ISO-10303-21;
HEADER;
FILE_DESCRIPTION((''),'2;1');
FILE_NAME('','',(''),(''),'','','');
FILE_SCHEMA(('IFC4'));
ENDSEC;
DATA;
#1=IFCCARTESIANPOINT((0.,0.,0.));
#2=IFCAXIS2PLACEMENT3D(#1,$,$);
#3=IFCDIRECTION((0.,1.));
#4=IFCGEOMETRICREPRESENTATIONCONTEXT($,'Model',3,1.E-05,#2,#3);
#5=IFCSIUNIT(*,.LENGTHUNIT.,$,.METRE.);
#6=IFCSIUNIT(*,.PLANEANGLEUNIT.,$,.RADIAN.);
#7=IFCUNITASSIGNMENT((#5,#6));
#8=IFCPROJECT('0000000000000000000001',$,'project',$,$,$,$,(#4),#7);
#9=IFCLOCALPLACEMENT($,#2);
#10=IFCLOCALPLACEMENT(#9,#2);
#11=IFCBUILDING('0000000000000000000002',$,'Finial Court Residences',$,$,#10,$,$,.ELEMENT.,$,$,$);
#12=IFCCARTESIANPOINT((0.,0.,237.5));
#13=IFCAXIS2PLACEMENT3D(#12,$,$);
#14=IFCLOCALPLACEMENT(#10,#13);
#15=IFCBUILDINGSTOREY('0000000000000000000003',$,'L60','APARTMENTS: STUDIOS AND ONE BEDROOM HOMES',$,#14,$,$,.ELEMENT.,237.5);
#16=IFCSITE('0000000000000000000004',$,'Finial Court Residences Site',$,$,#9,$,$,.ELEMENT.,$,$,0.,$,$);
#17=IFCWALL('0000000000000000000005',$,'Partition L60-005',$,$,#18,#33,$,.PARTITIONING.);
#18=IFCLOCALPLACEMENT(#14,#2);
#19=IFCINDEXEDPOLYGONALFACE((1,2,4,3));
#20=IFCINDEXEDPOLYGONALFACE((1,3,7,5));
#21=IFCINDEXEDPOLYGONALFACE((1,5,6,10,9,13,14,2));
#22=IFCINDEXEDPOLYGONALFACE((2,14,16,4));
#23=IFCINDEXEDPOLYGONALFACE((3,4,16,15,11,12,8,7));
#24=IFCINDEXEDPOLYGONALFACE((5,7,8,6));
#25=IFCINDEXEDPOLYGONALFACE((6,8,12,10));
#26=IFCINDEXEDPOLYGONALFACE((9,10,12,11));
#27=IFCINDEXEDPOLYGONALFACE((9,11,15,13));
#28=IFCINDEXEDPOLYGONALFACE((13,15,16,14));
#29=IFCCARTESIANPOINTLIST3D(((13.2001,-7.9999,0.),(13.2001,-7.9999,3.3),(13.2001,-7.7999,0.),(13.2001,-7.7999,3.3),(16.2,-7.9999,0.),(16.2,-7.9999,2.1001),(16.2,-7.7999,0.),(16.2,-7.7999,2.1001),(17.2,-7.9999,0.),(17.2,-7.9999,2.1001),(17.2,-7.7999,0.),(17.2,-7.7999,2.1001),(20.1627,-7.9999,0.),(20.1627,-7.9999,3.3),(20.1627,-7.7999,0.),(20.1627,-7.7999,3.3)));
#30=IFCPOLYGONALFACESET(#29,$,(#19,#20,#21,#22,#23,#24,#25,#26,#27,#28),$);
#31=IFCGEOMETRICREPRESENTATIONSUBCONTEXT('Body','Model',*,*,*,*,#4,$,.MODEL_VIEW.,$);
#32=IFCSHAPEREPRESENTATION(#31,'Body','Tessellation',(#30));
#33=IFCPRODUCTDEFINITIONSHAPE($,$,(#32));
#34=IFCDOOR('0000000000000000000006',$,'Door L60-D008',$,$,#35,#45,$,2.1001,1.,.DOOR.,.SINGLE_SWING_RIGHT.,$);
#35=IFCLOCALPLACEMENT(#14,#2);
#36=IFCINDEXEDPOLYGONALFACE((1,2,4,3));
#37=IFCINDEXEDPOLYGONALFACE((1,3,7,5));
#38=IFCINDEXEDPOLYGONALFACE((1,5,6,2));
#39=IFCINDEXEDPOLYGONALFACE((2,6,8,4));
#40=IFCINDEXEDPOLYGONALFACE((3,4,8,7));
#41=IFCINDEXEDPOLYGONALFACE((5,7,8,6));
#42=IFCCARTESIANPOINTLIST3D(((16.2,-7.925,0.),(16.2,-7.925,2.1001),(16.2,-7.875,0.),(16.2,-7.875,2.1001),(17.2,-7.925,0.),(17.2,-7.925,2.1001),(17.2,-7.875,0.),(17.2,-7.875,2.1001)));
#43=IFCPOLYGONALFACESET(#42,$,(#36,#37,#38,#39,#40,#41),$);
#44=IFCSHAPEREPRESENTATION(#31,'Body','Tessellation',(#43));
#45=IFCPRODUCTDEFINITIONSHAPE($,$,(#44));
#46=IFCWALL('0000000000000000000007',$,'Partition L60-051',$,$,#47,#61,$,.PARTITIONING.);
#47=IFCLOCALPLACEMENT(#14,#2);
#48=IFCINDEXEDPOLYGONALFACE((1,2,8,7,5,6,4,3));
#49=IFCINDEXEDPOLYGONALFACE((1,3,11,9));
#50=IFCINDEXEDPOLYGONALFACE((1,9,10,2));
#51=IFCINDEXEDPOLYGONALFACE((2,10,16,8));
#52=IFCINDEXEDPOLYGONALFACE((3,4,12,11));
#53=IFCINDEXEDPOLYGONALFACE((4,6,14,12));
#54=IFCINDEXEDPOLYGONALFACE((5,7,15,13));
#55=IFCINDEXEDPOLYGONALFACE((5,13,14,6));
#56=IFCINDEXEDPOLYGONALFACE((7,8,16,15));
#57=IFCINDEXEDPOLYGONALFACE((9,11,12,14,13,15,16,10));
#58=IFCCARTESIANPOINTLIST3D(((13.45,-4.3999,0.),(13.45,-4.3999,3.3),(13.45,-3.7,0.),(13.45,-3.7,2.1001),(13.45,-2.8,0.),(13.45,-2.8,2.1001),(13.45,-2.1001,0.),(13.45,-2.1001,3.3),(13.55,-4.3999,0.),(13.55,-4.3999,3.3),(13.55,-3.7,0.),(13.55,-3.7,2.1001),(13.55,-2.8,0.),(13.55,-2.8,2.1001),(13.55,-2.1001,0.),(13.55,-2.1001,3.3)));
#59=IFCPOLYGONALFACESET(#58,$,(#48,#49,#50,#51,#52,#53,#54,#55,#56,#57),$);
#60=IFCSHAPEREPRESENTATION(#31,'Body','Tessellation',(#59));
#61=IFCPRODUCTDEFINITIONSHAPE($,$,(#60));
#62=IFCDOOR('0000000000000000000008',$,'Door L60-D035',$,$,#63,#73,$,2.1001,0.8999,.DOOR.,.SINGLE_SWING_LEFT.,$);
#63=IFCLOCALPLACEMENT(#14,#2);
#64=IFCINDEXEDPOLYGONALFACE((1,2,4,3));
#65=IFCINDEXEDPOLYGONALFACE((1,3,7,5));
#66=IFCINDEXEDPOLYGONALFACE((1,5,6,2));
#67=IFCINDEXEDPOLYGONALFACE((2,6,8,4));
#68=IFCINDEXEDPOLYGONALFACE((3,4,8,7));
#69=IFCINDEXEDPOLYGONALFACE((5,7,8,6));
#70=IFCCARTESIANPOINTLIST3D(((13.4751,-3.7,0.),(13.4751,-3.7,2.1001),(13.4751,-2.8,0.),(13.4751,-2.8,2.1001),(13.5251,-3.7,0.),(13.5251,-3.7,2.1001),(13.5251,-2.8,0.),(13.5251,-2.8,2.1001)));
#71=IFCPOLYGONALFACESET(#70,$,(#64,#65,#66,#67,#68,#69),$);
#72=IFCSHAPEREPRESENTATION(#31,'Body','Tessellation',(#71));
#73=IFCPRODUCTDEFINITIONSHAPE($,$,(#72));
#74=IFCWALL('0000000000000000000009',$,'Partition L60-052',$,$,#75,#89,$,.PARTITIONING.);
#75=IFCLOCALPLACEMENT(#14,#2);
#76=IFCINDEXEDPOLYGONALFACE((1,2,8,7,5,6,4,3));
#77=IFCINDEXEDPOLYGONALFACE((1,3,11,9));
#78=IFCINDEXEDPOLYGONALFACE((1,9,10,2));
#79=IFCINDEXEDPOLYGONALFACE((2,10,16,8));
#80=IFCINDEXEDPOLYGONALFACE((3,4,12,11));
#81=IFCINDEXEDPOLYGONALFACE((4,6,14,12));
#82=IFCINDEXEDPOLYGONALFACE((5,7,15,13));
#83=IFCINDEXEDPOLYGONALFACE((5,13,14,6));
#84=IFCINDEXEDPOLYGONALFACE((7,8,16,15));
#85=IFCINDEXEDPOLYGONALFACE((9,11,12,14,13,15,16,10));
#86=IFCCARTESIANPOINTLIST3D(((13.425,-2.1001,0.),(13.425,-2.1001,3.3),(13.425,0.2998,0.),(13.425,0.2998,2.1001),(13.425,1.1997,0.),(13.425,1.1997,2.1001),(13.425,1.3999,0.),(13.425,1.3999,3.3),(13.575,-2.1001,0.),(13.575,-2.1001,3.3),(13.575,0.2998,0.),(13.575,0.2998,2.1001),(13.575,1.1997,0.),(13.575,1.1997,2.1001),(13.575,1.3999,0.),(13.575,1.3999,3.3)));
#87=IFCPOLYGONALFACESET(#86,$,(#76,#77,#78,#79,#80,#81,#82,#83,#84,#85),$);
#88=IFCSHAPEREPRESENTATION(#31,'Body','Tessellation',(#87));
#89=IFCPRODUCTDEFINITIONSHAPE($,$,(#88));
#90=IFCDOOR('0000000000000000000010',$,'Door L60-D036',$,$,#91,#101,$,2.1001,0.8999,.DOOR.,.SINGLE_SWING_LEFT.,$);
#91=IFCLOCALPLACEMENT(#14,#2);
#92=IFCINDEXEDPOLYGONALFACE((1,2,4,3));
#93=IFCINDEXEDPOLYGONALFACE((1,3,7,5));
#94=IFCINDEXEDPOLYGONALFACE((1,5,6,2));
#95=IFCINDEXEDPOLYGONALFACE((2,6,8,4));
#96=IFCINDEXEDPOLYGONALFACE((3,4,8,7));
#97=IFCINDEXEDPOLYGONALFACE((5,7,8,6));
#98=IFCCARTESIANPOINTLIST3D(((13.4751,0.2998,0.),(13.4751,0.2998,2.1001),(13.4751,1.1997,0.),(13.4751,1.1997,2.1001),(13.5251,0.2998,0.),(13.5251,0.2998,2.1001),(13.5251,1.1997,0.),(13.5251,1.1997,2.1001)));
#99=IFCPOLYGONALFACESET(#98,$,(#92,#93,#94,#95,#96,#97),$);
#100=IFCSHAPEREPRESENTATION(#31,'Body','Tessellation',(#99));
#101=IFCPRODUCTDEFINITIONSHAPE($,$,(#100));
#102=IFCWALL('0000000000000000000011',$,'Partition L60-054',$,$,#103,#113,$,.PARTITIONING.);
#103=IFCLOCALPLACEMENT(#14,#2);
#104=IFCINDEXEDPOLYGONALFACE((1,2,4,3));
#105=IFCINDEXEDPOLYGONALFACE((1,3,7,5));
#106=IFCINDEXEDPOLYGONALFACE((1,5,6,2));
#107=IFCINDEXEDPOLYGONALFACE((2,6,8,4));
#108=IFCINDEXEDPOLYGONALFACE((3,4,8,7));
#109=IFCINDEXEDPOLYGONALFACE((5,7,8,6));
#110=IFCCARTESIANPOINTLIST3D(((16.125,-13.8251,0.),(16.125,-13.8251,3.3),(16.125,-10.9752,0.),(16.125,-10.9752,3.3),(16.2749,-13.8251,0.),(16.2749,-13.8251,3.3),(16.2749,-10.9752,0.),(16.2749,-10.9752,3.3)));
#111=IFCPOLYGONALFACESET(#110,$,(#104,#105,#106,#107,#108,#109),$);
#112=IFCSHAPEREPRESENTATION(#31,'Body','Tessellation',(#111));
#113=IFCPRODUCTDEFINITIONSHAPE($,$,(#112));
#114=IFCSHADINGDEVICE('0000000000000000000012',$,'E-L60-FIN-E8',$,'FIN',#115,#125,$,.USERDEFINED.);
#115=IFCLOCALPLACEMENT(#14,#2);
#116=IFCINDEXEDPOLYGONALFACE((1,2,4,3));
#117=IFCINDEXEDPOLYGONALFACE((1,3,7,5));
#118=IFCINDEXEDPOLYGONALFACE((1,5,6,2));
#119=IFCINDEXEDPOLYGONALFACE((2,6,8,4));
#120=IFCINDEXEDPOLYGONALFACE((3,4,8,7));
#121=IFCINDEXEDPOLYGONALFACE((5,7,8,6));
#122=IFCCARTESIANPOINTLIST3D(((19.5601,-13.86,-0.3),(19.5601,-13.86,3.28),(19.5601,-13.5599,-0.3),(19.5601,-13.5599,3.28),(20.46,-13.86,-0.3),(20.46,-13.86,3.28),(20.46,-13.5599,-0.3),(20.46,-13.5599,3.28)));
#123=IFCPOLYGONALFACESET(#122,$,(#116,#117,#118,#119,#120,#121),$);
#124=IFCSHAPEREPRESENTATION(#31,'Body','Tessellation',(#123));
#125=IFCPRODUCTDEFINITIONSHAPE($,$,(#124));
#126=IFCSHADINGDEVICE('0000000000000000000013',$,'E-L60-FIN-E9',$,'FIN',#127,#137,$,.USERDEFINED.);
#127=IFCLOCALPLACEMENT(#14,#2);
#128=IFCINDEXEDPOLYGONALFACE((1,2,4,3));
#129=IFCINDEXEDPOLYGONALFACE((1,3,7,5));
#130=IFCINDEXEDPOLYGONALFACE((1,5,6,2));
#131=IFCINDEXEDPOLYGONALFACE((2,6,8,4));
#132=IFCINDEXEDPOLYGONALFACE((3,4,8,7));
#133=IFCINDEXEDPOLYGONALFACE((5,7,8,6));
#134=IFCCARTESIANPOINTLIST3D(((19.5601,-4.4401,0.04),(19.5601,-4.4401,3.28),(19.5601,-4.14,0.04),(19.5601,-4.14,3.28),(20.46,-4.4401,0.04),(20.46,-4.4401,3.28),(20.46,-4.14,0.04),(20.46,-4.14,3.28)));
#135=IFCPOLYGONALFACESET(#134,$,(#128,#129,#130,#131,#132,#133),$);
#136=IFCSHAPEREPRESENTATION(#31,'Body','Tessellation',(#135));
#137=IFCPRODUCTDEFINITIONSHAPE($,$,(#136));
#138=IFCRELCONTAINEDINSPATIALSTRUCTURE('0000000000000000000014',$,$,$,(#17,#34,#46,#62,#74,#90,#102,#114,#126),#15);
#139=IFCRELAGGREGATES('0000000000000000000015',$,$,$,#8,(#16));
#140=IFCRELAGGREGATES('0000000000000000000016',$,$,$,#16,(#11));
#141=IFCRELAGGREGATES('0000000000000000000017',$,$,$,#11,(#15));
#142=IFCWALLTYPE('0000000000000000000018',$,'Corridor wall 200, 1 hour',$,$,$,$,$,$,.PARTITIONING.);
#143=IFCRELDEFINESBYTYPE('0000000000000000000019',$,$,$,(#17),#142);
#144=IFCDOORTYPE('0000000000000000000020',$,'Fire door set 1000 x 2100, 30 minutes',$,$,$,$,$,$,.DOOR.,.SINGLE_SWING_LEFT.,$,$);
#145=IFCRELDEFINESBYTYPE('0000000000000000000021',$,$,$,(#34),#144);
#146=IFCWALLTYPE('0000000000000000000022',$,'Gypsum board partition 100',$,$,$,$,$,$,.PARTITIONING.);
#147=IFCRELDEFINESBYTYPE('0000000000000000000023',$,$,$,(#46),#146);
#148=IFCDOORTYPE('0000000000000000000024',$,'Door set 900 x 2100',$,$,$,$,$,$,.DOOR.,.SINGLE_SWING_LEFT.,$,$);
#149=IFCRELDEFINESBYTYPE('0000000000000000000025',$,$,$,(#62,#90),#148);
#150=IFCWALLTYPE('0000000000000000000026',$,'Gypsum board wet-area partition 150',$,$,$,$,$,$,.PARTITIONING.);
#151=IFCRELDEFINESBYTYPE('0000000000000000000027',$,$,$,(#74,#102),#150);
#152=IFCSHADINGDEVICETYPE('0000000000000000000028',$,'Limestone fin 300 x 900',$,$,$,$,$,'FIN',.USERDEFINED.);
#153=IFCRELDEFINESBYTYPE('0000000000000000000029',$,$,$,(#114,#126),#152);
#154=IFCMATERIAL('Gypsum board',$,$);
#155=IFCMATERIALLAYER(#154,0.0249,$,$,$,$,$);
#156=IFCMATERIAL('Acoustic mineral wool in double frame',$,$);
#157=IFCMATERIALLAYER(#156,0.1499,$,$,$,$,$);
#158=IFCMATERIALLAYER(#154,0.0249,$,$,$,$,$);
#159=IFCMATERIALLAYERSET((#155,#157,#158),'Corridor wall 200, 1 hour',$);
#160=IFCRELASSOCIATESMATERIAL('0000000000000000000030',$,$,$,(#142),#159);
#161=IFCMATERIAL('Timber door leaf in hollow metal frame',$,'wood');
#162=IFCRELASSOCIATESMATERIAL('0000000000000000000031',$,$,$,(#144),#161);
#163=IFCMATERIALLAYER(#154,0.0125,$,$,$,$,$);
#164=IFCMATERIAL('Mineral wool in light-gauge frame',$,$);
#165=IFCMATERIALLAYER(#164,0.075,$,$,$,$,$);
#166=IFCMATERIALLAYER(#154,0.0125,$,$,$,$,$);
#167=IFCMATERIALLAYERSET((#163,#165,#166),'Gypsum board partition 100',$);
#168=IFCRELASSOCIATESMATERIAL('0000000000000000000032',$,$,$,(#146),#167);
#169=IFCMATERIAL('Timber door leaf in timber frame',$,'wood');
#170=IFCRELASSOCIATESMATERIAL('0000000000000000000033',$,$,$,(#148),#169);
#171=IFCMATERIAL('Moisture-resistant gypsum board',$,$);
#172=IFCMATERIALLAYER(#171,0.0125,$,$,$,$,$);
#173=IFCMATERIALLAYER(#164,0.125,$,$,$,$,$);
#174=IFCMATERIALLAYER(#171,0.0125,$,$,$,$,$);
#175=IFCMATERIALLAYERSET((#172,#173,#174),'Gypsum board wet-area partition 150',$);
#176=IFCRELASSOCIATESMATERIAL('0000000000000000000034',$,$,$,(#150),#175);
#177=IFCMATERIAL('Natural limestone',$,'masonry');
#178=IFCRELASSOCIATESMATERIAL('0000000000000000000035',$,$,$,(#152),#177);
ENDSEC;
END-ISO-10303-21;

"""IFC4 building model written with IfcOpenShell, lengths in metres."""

from ifc_helpers import new_model, si_unit, direction, frame, frame_2d, origin, origin_2d, place, context, subcontext, project, spatial, rectangle, extrude, material, layer, layer_set, type_object, element, fill, save


model = new_model("IFC4")

# Units and contexts
model_context = context("Model", 3, precision=1e-05, world=origin(), true_north=direction((0.0, 1.0)))
body_context = subcontext(model_context, "Body", "Model", "MODEL_VIEW")
ifc_project = project(units=[si_unit("LENGTHUNIT", "METRE"), si_unit("PLANEANGLEUNIT", "RADIAN")], contexts=[model_context])

# Site, building, storey
site_placement = place(None, origin())
site = spatial("IfcSite", under=ifc_project, at=site_placement, Name="Finial Court Residences Site", CompositionType="ELEMENT", RefElevation=0.0)
building_placement = place(site_placement, origin())
building = spatial("IfcBuilding", under=site, at=building_placement, Name="Finial Court Residences", CompositionType="ELEMENT")
storey_placement = place(building_placement, frame((0.0, 0.0, 237.5)))
storey = spatial("IfcBuildingStorey", under=building, at=storey_placement, Name="L60", Description="APARTMENTS: STUDIOS AND ONE BEDROOM HOMES", CompositionType="ELEMENT", Elevation=237.5)

# Walls, openings, doors
ifc_material_1 = material(Name="Gypsum board")
ifc_layer_1 = layer(ifc_material_1, 0.0249)
ifc_material_2 = material(Name="Acoustic mineral wool in double frame")
ifc_layer_2 = layer(ifc_material_2, 0.1499)
ifc_layer_3 = layer(ifc_material_1, 0.0249)
ifc_layer_set_1 = layer_set([ifc_layer_1, ifc_layer_2, ifc_layer_3], Name="Corridor wall 200, 1 hour")
wall_type_1 = type_object("IfcWallType", Name="Corridor wall 200, 1 hour", PredefinedType="PARTITIONING", material=ifc_layer_set_1)
wall_1_placement = place(storey_placement, frame((13.2, -7.8999, 0.0), z_axis=(0.0, 0.0, 1.0), x_axis=(1.0, 0.0, 0.0)))
wall_1 = element("IfcWall", 1, at=wall_1_placement, inside=storey, type_object=wall_type_1, Name="Partition L60-005", PredefinedType="PARTITIONING", context=body_context, shape_type="SweptSolid", body=[
    extrude(rectangle(XDim=6.9626, YDim=0.2, at=frame_2d((3.4814, 0.0))), origin(), (0.0, 0.0, 1.0), 3.3),
])
opening_1_placement = place(wall_1_placement, frame((3.0, 0.0, 0.0)))
opening_1 = element("IfcOpeningElement", 2, at=opening_1_placement, cuts=wall_1, PredefinedType="OPENING", context=body_context, shape_type="SweptSolid", body=[
    extrude(rectangle(XDim=1.0, YDim=2.1001, at=frame_2d((0.5, 1.05))), frame((0.0, 0.1099, 0.0), z_axis=(0.0, -1.0, 0.0), x_axis=(1.0, 0.0, 0.0)), (0.0, 0.0, 1.0), 0.22),
])
ifc_material_3 = material(Name="Timber door leaf in hollow metal frame", Category="wood")
door_type_1 = type_object("IfcDoorType", Name="Fire door set 1000 x 2100, 30 minutes", OperationType="SINGLE_SWING_LEFT", PredefinedType="DOOR", material=ifc_material_3)
door_1_placement = place(opening_1_placement, origin())
door_1 = element("IfcDoor", 3, at=door_1_placement, inside=storey, type_object=door_type_1, Name="Door L60-D008", OperationType="SINGLE_SWING_RIGHT", OverallHeight=2.1001, OverallWidth=1.0, PredefinedType="DOOR", context=body_context, shape_type="SweptSolid", body=[
    extrude(rectangle(XDim=1.0, YDim=2.1001, at=frame_2d((0.5, 1.05))), frame((0.0, 0.0249, 0.0), z_axis=(0.0, -1.0, 0.0), x_axis=(1.0, 0.0, 0.0)), (0.0, 0.0, 1.0), 0.05),
])
fill(opening_1, door_1)
ifc_layer_4 = layer(ifc_material_1, 0.0125)
ifc_material_4 = material(Name="Mineral wool in light-gauge frame")
ifc_layer_5 = layer(ifc_material_4, 0.075)
ifc_layer_6 = layer(ifc_material_1, 0.0125)
ifc_layer_set_2 = layer_set([ifc_layer_4, ifc_layer_5, ifc_layer_6], Name="Gypsum board partition 100")
wall_type_2 = type_object("IfcWallType", Name="Gypsum board partition 100", PredefinedType="PARTITIONING", material=ifc_layer_set_2)
wall_2_placement = place(storey_placement, frame((13.5, -4.3999, 0.0), z_axis=(0.0, 0.0, 1.0), x_axis=(0.0, 1.0, 0.0)))
wall_2 = element("IfcWall", 4, at=wall_2_placement, inside=storey, type_object=wall_type_2, Name="Partition L60-051", PredefinedType="PARTITIONING", context=body_context, shape_type="SweptSolid", body=[
    extrude(rectangle(XDim=2.2998, YDim=0.1001, at=frame_2d((1.1499, 0.0))), origin(), (0.0, 0.0, 1.0), 3.3),
])
opening_2_placement = place(wall_2_placement, frame((0.7, 0.0, 0.0)))
opening_2 = element("IfcOpeningElement", 5, at=opening_2_placement, cuts=wall_2, PredefinedType="OPENING", context=body_context, shape_type="SweptSolid", body=[
    extrude(rectangle(XDim=0.8999, YDim=2.1001, at=frame_2d((0.45, 1.05))), frame((0.0, 0.0601, 0.0), z_axis=(0.0, -1.0, 0.0), x_axis=(1.0, 0.0, 0.0)), (0.0, 0.0, 1.0), 0.1201),
])
ifc_material_5 = material(Name="Timber door leaf in timber frame", Category="wood")
door_type_2 = type_object("IfcDoorType", Name="Door set 900 x 2100", OperationType="SINGLE_SWING_LEFT", PredefinedType="DOOR", material=ifc_material_5)
door_2_placement = place(opening_2_placement, origin())
door_2 = element("IfcDoor", 6, at=door_2_placement, inside=storey, type_object=door_type_2, Name="Door L60-D035", OperationType="SINGLE_SWING_LEFT", OverallHeight=2.1001, OverallWidth=0.8999, PredefinedType="DOOR", context=body_context, shape_type="SweptSolid", body=[
    extrude(rectangle(XDim=0.8999, YDim=2.1001, at=frame_2d((0.45, 1.05))), frame((0.0, 0.0249, 0.0), z_axis=(0.0, -1.0, 0.0), x_axis=(1.0, 0.0, 0.0)), (0.0, 0.0, 1.0), 0.05),
])
fill(opening_2, door_2)
ifc_material_6 = material(Name="Moisture-resistant gypsum board")
ifc_layer_7 = layer(ifc_material_6, 0.0125)
ifc_layer_8 = layer(ifc_material_4, 0.125)
ifc_layer_9 = layer(ifc_material_6, 0.0125)
ifc_layer_set_3 = layer_set([ifc_layer_7, ifc_layer_8, ifc_layer_9], Name="Gypsum board wet-area partition 150")
wall_type_3 = type_object("IfcWallType", Name="Gypsum board wet-area partition 150", PredefinedType="PARTITIONING", material=ifc_layer_set_3)
wall_3_placement = place(storey_placement, frame((13.5, -2.1001, 0.0), z_axis=(0.0, 0.0, 1.0), x_axis=(0.0, 1.0, 0.0)))
wall_3 = element("IfcWall", 7, at=wall_3_placement, inside=storey, type_object=wall_type_3, Name="Partition L60-052", PredefinedType="PARTITIONING", context=body_context, shape_type="SweptSolid", body=[
    extrude(rectangle(XDim=3.5, YDim=0.1499, at=frame_2d((1.75, 0.0))), origin(), (0.0, 0.0, 1.0), 3.3),
])
opening_3_placement = place(wall_3_placement, frame((2.3999, 0.0, 0.0)))
opening_3 = element("IfcOpeningElement", 8, at=opening_3_placement, cuts=wall_3, PredefinedType="OPENING", context=body_context, shape_type="SweptSolid", body=[
    extrude(rectangle(XDim=0.8999, YDim=2.1001, at=frame_2d((0.45, 1.05))), frame((0.0, 0.085, 0.0), z_axis=(0.0, -1.0, 0.0), x_axis=(1.0, 0.0, 0.0)), (0.0, 0.0, 1.0), 0.1699),
])
door_3_placement = place(opening_3_placement, origin())
door_3 = element("IfcDoor", 9, at=door_3_placement, inside=storey, type_object=door_type_2, Name="Door L60-D036", OperationType="SINGLE_SWING_LEFT", OverallHeight=2.1001, OverallWidth=0.8999, PredefinedType="DOOR", context=body_context, shape_type="SweptSolid", body=[
    extrude(rectangle(XDim=0.8999, YDim=2.1001, at=frame_2d((0.45, 1.05))), frame((0.0, 0.0249, 0.0), z_axis=(0.0, -1.0, 0.0), x_axis=(1.0, 0.0, 0.0)), (0.0, 0.0, 1.0), 0.05),
])
fill(opening_3, door_3)

# Wall
wall_4_placement = place(storey_placement, frame((16.2, -13.825, 0.0), z_axis=(0.0, 0.0, 1.0), x_axis=(0.0, 1.0, 0.0)))
element("IfcWall", 10, at=wall_4_placement, inside=storey, type_object=wall_type_3, Name="Partition L60-054", PredefinedType="PARTITIONING", context=body_context, shape_type="SweptSolid", body=[
    extrude(rectangle(XDim=2.8499, YDim=0.1499, at=frame_2d((1.4248, 0.0))), origin(), (0.0, 0.0, 1.0), 3.3),
])

# Shading devices
ifc_material_7 = material(Name="Natural limestone", Category="masonry")
shading_device_type = type_object("IfcShadingDeviceType", Name="Limestone fin 300 x 900", ElementType="FIN", PredefinedType="USERDEFINED", material=ifc_material_7)
shading_device_1_placement = place(storey_placement, frame((20.01, -13.71, -0.3), z_axis=(0.0, 0.0, 1.0), x_axis=(1.0, 0.0, 0.0)))
element("IfcShadingDevice", 11, at=shading_device_1_placement, inside=storey, type_object=shading_device_type, Name="E-L60-FIN-E8", ObjectType="FIN", PredefinedType="USERDEFINED", context=body_context, shape_type="SweptSolid", body=[
    extrude(rectangle(XDim=0.8999, YDim=0.3, at=origin_2d()), origin(), (0.0, 0.0, 1.0), 3.5801),
])
shading_device_2_placement = place(storey_placement, frame((20.01, -4.29, 0.04), z_axis=(0.0, 0.0, 1.0), x_axis=(1.0, 0.0, 0.0)))
element("IfcShadingDevice", 12, at=shading_device_2_placement, inside=storey, type_object=shading_device_type, Name="E-L60-FIN-E9", ObjectType="FIN", PredefinedType="USERDEFINED", context=body_context, shape_type="SweptSolid", body=[
    extrude(rectangle(XDim=0.8999, YDim=0.3, at=origin_2d()), origin(), (0.0, 0.0, 1.0), 3.24),
])

save(model, "model.ifc")
